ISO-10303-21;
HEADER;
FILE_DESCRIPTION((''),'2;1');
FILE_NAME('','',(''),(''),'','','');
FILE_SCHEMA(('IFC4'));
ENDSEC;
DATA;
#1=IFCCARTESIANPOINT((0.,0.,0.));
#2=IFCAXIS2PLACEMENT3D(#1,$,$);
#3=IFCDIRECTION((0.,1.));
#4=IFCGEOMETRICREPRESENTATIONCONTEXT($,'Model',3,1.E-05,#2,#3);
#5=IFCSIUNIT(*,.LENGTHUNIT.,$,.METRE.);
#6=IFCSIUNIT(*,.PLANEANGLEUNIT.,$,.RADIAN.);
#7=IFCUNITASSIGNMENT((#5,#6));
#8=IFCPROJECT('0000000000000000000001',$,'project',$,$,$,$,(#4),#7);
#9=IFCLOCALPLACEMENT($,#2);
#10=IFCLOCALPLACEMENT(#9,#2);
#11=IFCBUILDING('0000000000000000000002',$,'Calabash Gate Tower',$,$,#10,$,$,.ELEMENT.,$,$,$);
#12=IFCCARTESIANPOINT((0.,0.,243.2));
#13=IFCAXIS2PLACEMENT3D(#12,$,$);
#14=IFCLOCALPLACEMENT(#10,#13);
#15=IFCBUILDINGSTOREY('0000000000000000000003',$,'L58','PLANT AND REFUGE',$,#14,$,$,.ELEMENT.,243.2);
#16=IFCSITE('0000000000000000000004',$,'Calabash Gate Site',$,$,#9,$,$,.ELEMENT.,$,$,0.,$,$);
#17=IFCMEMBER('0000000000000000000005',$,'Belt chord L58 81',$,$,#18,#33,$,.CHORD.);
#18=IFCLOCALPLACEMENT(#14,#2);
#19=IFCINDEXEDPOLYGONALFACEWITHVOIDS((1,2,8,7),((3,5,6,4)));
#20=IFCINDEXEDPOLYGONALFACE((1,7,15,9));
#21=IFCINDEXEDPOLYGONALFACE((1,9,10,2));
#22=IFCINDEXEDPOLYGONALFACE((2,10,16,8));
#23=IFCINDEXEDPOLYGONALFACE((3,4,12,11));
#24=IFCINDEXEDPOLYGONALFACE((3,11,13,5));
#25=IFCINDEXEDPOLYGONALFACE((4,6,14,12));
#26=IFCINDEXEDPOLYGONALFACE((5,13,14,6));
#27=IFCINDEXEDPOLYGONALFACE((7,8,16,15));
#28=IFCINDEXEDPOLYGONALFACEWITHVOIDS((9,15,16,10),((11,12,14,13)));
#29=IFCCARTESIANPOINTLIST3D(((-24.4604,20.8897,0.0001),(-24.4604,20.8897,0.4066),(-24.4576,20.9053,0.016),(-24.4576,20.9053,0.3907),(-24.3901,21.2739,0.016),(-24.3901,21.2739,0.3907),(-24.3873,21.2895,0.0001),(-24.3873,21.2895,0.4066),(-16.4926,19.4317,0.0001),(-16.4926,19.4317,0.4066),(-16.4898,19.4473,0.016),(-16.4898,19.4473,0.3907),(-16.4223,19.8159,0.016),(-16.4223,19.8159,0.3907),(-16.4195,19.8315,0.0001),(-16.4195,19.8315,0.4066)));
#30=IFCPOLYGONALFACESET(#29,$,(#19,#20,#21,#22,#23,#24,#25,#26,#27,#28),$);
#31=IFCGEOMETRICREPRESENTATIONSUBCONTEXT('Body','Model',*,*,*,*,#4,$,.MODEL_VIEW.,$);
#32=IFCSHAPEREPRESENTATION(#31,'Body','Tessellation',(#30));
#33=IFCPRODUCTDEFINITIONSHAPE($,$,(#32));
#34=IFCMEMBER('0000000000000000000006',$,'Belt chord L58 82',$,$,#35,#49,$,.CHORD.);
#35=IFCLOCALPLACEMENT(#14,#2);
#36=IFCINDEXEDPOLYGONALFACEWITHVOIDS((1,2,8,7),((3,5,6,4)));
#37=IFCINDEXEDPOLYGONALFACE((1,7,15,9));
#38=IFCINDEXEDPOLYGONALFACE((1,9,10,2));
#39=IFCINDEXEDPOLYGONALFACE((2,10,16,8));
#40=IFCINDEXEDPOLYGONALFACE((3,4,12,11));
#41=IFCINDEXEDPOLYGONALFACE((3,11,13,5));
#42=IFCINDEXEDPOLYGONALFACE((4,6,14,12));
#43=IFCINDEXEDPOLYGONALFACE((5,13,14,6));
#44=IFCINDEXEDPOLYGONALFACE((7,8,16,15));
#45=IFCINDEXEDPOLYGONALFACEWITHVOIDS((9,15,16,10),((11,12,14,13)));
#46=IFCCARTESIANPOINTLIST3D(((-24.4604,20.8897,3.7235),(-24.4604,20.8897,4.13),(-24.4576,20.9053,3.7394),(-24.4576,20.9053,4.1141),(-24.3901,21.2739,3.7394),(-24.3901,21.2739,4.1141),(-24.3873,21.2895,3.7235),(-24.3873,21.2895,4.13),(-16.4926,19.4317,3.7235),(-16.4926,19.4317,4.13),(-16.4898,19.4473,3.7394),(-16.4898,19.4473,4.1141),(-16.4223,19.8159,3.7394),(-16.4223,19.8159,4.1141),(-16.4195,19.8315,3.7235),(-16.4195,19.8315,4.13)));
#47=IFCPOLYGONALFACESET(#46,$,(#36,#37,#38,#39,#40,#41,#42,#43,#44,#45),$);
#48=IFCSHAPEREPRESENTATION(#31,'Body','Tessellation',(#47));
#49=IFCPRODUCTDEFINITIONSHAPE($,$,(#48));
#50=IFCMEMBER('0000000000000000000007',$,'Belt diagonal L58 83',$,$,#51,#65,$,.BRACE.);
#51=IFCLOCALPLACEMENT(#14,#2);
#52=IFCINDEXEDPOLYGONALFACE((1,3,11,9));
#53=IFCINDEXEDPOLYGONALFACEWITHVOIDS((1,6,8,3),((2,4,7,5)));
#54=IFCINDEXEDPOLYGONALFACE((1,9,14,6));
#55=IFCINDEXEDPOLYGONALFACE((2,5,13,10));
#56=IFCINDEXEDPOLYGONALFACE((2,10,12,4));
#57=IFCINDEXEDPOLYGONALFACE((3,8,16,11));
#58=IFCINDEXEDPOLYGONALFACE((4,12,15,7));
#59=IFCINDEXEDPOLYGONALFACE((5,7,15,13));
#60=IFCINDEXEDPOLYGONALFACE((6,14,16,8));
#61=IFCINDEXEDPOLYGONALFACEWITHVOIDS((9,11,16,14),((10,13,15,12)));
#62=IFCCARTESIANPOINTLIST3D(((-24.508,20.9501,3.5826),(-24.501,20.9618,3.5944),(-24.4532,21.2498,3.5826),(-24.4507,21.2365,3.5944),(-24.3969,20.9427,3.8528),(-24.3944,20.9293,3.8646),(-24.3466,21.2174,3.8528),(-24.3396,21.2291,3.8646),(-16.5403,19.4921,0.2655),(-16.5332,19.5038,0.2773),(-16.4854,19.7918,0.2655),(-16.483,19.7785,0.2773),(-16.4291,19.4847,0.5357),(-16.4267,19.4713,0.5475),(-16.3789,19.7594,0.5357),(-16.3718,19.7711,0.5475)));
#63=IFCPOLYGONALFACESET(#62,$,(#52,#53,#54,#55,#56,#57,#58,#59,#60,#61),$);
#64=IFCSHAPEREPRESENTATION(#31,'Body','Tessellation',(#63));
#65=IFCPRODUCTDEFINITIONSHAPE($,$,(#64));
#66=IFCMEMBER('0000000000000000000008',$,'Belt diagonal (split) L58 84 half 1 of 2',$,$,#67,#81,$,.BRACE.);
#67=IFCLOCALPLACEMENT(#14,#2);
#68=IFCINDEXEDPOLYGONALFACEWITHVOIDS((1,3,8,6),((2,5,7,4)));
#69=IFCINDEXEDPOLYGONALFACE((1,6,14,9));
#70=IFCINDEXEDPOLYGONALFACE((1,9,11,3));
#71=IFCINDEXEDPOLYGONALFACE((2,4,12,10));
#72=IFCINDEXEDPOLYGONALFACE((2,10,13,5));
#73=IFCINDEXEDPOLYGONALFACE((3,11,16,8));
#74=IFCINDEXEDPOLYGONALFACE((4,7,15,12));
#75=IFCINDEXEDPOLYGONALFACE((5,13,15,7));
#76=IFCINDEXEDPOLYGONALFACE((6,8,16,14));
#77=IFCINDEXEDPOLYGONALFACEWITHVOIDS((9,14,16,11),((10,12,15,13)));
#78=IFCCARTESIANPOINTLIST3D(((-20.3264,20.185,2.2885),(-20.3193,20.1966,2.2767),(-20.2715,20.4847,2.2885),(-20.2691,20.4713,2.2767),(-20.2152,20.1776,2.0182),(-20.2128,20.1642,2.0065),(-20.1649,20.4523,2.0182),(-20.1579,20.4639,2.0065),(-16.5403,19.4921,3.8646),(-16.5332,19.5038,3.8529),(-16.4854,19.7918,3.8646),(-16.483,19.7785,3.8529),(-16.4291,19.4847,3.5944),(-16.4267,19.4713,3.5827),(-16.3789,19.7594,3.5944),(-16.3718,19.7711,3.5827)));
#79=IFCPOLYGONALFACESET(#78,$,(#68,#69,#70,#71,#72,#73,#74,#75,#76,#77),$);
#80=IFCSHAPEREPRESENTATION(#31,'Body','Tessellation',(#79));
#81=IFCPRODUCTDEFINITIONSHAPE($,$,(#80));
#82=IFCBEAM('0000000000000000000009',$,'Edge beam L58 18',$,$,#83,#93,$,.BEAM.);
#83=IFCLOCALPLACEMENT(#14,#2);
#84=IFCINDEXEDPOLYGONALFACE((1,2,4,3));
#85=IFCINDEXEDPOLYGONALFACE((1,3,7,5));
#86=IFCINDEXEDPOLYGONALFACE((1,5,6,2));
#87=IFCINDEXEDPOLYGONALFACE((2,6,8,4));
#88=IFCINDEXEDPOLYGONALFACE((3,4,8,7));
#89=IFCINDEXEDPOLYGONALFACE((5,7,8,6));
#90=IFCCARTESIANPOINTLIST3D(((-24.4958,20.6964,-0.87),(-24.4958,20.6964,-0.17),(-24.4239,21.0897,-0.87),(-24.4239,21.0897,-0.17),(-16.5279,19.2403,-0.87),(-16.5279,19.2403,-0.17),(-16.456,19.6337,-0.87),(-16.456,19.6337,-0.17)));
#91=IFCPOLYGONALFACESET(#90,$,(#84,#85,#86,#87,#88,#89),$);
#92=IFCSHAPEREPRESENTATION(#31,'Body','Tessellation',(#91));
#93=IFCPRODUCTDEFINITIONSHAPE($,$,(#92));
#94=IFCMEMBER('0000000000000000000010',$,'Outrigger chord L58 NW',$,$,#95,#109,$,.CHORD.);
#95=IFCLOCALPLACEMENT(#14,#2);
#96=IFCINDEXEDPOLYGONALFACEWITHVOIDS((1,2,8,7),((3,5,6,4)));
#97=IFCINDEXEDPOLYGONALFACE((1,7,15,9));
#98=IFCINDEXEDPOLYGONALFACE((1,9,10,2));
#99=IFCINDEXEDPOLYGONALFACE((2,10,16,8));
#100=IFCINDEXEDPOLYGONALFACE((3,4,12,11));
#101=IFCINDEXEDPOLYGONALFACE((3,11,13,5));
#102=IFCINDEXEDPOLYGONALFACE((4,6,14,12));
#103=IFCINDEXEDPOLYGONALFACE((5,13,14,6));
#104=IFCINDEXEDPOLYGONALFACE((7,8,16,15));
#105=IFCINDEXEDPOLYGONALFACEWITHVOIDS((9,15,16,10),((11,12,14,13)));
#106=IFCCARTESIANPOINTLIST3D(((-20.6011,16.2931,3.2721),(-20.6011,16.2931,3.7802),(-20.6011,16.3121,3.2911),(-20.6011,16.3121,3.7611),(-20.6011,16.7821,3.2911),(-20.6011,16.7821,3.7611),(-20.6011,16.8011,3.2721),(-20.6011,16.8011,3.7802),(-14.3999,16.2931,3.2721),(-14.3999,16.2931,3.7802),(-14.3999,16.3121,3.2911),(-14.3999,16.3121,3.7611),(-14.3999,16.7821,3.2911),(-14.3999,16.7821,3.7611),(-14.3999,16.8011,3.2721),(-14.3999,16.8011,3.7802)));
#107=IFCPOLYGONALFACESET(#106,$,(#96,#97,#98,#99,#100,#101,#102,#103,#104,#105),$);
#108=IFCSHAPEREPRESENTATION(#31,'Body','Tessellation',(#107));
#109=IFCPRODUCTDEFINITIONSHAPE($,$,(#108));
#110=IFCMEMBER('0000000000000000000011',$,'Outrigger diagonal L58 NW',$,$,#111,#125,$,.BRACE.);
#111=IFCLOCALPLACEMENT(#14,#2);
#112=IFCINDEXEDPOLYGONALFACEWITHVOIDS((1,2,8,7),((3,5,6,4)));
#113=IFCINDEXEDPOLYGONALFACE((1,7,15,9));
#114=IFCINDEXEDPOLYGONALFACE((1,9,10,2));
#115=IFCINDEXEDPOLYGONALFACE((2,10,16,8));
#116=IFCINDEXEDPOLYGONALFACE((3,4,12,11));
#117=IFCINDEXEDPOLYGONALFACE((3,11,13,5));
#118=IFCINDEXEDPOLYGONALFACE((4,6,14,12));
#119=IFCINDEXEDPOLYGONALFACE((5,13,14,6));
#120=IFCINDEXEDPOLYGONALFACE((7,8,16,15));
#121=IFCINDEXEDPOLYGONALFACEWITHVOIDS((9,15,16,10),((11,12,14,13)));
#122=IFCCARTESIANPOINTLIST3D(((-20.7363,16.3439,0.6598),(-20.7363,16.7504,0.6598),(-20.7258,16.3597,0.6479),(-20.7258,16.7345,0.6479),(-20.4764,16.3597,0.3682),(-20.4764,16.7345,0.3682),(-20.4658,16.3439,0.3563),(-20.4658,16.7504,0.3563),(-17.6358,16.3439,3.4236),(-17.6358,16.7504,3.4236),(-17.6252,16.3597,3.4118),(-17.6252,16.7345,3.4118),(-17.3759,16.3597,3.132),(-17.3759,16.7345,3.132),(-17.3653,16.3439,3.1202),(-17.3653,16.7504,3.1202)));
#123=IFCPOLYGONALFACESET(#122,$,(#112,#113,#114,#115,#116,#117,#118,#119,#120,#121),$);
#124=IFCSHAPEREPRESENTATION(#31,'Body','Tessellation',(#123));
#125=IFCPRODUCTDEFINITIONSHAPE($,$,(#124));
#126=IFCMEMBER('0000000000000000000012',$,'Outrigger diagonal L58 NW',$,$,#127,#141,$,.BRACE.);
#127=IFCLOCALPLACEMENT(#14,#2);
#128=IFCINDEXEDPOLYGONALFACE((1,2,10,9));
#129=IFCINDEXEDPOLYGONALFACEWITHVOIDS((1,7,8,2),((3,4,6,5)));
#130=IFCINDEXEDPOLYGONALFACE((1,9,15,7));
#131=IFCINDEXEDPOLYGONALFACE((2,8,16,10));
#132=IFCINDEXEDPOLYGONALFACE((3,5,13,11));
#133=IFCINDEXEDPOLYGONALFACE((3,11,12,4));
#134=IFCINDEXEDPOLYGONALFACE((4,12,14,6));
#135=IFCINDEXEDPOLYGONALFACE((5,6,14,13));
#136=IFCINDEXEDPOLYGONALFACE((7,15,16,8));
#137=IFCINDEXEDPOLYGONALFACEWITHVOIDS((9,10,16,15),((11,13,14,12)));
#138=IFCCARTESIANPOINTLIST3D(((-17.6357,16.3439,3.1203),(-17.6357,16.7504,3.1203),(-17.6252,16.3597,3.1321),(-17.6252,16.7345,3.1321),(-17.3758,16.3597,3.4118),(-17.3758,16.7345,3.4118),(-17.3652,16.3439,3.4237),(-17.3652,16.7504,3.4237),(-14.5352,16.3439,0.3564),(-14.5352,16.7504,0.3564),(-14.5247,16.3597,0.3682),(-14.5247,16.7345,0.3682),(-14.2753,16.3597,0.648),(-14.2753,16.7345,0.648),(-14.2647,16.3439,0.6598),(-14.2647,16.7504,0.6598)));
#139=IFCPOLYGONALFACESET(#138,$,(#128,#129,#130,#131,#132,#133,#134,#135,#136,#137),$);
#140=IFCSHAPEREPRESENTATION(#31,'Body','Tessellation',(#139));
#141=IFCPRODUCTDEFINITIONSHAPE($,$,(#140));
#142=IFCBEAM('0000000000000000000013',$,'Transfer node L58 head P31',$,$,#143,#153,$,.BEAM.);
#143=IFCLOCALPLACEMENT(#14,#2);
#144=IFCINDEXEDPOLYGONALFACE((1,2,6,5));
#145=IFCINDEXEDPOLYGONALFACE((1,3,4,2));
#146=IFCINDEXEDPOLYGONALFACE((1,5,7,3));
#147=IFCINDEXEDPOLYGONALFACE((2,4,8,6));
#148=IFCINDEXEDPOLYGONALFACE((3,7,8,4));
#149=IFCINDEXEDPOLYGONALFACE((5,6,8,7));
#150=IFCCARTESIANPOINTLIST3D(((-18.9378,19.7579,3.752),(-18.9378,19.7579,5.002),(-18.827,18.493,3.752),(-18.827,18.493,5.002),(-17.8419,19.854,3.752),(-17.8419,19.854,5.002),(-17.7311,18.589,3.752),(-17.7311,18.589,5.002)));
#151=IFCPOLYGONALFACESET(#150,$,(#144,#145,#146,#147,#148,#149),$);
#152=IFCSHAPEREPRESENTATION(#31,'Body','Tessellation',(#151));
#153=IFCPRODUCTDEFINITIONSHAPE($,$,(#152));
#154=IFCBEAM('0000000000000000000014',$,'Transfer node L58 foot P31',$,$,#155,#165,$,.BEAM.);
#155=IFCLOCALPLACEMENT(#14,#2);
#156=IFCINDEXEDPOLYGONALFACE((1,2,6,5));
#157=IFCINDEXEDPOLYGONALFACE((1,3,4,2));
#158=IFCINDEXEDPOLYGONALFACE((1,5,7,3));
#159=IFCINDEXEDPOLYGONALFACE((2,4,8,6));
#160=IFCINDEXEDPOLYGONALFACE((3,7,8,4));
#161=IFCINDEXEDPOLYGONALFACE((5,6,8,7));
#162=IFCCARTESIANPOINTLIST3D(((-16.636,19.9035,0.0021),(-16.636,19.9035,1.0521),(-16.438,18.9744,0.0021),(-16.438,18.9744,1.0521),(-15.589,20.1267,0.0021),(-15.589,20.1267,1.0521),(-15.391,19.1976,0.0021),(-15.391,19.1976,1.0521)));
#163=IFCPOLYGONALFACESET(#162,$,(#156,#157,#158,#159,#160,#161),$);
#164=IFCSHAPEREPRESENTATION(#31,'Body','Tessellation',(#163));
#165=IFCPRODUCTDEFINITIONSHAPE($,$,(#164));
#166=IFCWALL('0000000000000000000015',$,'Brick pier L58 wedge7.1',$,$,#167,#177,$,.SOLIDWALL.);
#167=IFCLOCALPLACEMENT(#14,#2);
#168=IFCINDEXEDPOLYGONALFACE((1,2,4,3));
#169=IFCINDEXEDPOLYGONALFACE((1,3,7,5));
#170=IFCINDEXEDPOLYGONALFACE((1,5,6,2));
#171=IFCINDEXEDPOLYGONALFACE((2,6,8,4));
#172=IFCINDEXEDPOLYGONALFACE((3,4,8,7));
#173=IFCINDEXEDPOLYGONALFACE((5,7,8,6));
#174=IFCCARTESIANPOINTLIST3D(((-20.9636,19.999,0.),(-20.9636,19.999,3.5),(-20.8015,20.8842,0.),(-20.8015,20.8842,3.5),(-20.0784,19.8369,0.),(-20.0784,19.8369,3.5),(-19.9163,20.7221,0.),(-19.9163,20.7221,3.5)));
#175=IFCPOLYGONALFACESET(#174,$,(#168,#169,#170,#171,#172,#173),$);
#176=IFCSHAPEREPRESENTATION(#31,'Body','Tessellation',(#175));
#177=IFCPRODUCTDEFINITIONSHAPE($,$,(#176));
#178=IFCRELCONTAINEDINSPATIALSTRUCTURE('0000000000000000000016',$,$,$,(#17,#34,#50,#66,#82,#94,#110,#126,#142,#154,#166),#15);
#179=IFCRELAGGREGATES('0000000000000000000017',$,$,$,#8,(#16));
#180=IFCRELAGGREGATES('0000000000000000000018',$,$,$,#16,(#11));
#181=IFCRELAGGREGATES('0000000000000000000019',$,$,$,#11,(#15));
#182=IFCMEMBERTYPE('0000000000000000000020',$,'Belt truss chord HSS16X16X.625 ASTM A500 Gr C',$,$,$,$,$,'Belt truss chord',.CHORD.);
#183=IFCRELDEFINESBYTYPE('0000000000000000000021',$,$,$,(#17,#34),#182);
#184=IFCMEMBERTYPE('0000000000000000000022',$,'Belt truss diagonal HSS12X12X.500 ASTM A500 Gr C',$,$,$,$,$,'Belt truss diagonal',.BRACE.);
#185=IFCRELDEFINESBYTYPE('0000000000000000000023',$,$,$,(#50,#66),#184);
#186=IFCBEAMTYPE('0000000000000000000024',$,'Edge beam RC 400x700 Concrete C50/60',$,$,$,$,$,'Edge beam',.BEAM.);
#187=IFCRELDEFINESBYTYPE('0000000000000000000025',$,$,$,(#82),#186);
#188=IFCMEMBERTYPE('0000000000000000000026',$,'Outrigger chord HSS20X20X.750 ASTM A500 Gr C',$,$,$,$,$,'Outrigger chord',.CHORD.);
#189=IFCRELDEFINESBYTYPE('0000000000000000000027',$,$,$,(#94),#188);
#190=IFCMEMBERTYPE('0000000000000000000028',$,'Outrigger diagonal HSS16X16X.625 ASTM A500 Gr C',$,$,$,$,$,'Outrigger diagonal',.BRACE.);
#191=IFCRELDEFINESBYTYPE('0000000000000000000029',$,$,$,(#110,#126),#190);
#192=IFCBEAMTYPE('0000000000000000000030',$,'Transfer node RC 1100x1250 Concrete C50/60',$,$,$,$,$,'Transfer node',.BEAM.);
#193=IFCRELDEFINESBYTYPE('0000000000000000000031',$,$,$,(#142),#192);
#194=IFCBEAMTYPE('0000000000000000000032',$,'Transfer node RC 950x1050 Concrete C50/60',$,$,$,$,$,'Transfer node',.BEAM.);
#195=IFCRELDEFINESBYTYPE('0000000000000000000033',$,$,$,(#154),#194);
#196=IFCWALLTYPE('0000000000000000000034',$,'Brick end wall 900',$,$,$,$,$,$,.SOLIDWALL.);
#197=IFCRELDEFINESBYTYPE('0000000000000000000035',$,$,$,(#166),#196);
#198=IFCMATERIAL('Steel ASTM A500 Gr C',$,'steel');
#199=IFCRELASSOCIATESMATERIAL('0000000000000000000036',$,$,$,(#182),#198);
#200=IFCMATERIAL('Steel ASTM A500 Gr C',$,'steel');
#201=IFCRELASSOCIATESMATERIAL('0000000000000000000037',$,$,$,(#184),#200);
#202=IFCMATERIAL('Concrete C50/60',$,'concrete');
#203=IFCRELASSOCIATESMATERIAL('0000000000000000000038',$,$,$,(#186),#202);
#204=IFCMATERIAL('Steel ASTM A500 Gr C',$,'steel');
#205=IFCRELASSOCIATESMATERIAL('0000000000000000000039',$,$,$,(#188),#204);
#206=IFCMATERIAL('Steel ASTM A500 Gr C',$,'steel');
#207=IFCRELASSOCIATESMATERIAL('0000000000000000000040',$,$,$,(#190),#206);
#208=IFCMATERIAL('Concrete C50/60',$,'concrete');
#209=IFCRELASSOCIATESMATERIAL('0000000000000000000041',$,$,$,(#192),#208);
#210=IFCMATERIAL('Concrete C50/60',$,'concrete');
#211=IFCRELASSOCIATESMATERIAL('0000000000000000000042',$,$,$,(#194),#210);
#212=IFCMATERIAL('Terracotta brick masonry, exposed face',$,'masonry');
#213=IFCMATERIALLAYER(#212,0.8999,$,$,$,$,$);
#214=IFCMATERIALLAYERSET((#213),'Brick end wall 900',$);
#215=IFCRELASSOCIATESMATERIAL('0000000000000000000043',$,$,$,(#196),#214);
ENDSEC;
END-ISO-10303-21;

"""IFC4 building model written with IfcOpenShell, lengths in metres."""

from ifc_helpers import new_model, si_unit, direction, frame, frame_2d, origin, origin_2d, place, context, subcontext, project, spatial, rectangle, hollow_rectangle, extrude, material, layer, layer_set, material_profile, profile_set, type_object, element, save


model = new_model("IFC4")

# Units and contexts
model_context = context("Model", 3, precision=1e-05, world=origin(), true_north=direction((0.0, 1.0)))
body_context = subcontext(model_context, "Body", "Model", "MODEL_VIEW")
ifc_project = project(units=[si_unit("LENGTHUNIT", "METRE"), si_unit("PLANEANGLEUNIT", "RADIAN")], contexts=[model_context])

# Site, building, storey
site_placement = place(None, origin())
site = spatial("IfcSite", under=ifc_project, at=site_placement, Name="Calabash Gate Site", CompositionType="ELEMENT", RefElevation=0.0)
building_placement = place(site_placement, origin())
building = spatial("IfcBuilding", under=site, at=building_placement, Name="Calabash Gate Tower", CompositionType="ELEMENT")
storey_placement = place(building_placement, frame((0.0, 0.0, 243.2)))
storey = spatial("IfcBuildingStorey", under=building, at=storey_placement, Name="L58", Description="PLANT AND REFUGE", CompositionType="ELEMENT", Elevation=243.2)

# Members
ifc_material_1 = material(Name="Steel ASTM A500 Gr C", Category="steel")
ifc_material_profile_1 = material_profile(ifc_material_1, hollow_rectangle(XDim=0.4065, YDim=0.4065, WallThickness=0.0159, at=origin_2d()))
ifc_profile_set_1 = profile_set([ifc_material_profile_1], Name="Steel ASTM A500 Gr C")
member_type_1 = type_object("IfcMemberType", Name="Belt truss chord HSS16X16X.625 ASTM A500 Gr C", ElementType="Belt truss chord", PredefinedType="CHORD", material=ifc_profile_set_1)
for number, where, z_axis, x_axis, name in (
    (1, (-16.4561, 19.6316, 0.2034), (-0.983667, 0.179999, 0.0), (-0.179999, -0.983667, 0.0), "Belt chord L58 81"),
    (2, (-16.4561, 19.6316, 3.9268), (-0.983667, 0.179999, 0.0), (-0.179999, -0.983667, 0.0), "Belt chord L58 82"),
):
    element("IfcMember", number, at=place(storey_placement, frame(where, z_axis=z_axis, x_axis=x_axis)), inside=storey, type_object=member_type_1, Name=name, PredefinedType="CHORD", context=body_context, shape_type="SweptSolid", body=[
        extrude(hollow_rectangle(XDim=0.4065, YDim=0.4065, WallThickness=0.0159, at=origin_2d()), origin(), (0.0, 0.0, 1.0), 8.1001),
    ])
ifc_material_2 = material(Name="Steel ASTM A500 Gr C", Category="steel")
ifc_material_profile_2 = material_profile(ifc_material_2, hollow_rectangle(XDim=0.3047, YDim=0.3047, WallThickness=0.0127, at=origin_2d()))
ifc_profile_set_2 = profile_set([ifc_material_profile_2], Name="Steel ASTM A500 Gr C")
member_type_2 = type_object("IfcMemberType", Name="Belt truss diagonal HSS12X12X.500 ASTM A500 Gr C", ElementType="Belt truss diagonal", PredefinedType="BRACE", material=ifc_profile_set_2)
member_1_placement = place(storey_placement, frame((-16.4561, 19.6316, 0.4065), z_axis=(-0.910293, 0.166573, 0.378973), x_axis=(-0.179999, -0.983667, 0.0)))
element("IfcMember", 3, at=member_1_placement, inside=storey, type_object=member_type_2, Name="Belt diagonal L58 83", PredefinedType="BRACE", context=body_context, shape_type="SweptSolid", body=[
    extrude(hollow_rectangle(XDim=0.3047, YDim=0.3047, WallThickness=0.0127, at=origin_2d()), origin(), (0.0, 0.0, 1.0), 8.7529),
])
member_2_placement = place(storey_placement, frame((-16.4561, 19.6316, 3.7236), z_axis=(-0.910297, 0.166586, -0.378958), x_axis=(-0.180013, -0.983664, 0.0)))
element("IfcMember", 4, at=member_2_placement, inside=storey, type_object=member_type_2, Name="Belt diagonal (split) L58 84 half 1 of 2", PredefinedType="BRACE", context=body_context, shape_type="SweptSolid", body=[
    extrude(hollow_rectangle(XDim=0.3047, YDim=0.3047, WallThickness=0.0127, at=origin_2d()), origin(), (0.0, 0.0, 1.0), 4.1592),
])

# Beam
ifc_material_3 = material(Name="Concrete C50/60", Category="concrete")
ifc_material_profile_3 = material_profile(ifc_material_3, rectangle(XDim=0.3999, YDim=0.7, at=origin_2d()))
ifc_profile_set_3 = profile_set([ifc_material_profile_3], Name="Concrete C50/60")
beam_type_1 = type_object("IfcBeamType", Name="Edge beam RC 400x700 Concrete C50/60", ElementType="Edge beam", PredefinedType="BEAM", material=ifc_profile_set_3)
beam_1_placement = place(storey_placement, frame((-16.4919, 19.437, -0.52), z_axis=(-0.98371, 0.179761, 0.0), x_axis=(-0.179761, -0.98371, 0.0)))
element("IfcBeam", 5, at=beam_1_placement, inside=storey, type_object=beam_type_1, Name="Edge beam L58 18", PredefinedType="BEAM", context=body_context, shape_type="SweptSolid", body=[
    extrude(rectangle(XDim=0.3999, YDim=0.7, at=origin_2d()), origin(), (0.0, 0.0, 1.0), 8.0999),
])

# Members
ifc_material_4 = material(Name="Steel ASTM A500 Gr C", Category="steel")
ifc_material_profile_4 = material_profile(ifc_material_4, hollow_rectangle(XDim=0.5081, YDim=0.5081, WallThickness=0.019, at=origin_2d()))
ifc_profile_set_4 = profile_set([ifc_material_profile_4], Name="Steel ASTM A500 Gr C")
member_type_3 = type_object("IfcMemberType", Name="Outrigger chord HSS20X20X.750 ASTM A500 Gr C", ElementType="Outrigger chord", PredefinedType="CHORD", material=ifc_profile_set_4)
member_3_placement = place(storey_placement, frame((-20.6011, 16.5471, 3.5261), z_axis=(1.0, 0.0, 0.0), x_axis=(0.0, 1.0, 0.0)))
element("IfcMember", 6, at=member_3_placement, inside=storey, type_object=member_type_3, Name="Outrigger chord L58 NW", PredefinedType="CHORD", context=body_context, shape_type="SweptSolid", body=[
    extrude(hollow_rectangle(XDim=0.5081, YDim=0.5081, WallThickness=0.019, at=origin_2d()), origin(), (0.0, 0.0, 1.0), 6.2012),
])
ifc_material_5 = material(Name="Steel ASTM A500 Gr C", Category="steel")
ifc_material_profile_5 = material_profile(ifc_material_5, hollow_rectangle(XDim=0.4065, YDim=0.4065, WallThickness=0.0159, at=origin_2d()))
ifc_profile_set_5 = profile_set([ifc_material_profile_5], Name="Steel ASTM A500 Gr C")
member_type_4 = type_object("IfcMemberType", Name="Outrigger diagonal HSS16X16X.625 ASTM A500 Gr C", ElementType="Outrigger diagonal", PredefinedType="BRACE", material=ifc_profile_set_5)
for number, where, z_axis, x_axis, name in (
    (7, (-20.6011, 16.5471, 0.5081), (0.746471, 0.0, 0.665418), (0.0, 1.0, 0.0), "Outrigger diagonal L58 NW"),
    (8, (-17.5005, 16.5471, 3.272), (0.746471, 0.0, -0.665418), (0.0, 1.0, 0.0), "Outrigger diagonal L58 NW"),
):
    element("IfcMember", number, at=place(storey_placement, frame(where, z_axis=z_axis, x_axis=x_axis)), inside=storey, type_object=member_type_4, Name=name, PredefinedType="BRACE", context=body_context, shape_type="SweptSolid", body=[
        extrude(hollow_rectangle(XDim=0.4065, YDim=0.4065, WallThickness=0.0159, at=origin_2d()), origin(), (0.0, 0.0, 1.0), 4.1536),
    ])

# Beams
ifc_material_6 = material(Name="Concrete C50/60", Category="concrete")
ifc_material_profile_6 = material_profile(ifc_material_6, rectangle(XDim=1.1001, YDim=1.25, at=origin_2d()))
ifc_profile_set_6 = profile_set([ifc_material_profile_6], Name="Concrete C50/60")
beam_type_2 = type_object("IfcBeamType", Name="Transfer node RC 1100x1250 Concrete C50/60", ElementType="Transfer node", PredefinedType="BEAM", material=ifc_profile_set_6)
beam_2_placement = place(storey_placement, frame((-18.2791, 18.541, 4.377), z_axis=(-0.087293, 0.996183, 0.0), x_axis=(-0.996183, -0.087293, 0.0)))
element("IfcBeam", 9, at=beam_2_placement, inside=storey, type_object=beam_type_2, Name="Transfer node L58 head P31", PredefinedType="BEAM", context=body_context, shape_type="SweptSolid", body=[
    extrude(rectangle(XDim=1.1001, YDim=1.25, at=origin_2d()), origin(), (0.0, 0.0, 1.0), 1.2698),
])
ifc_material_7 = material(Name="Concrete C50/60", Category="concrete")
ifc_material_profile_7 = material_profile(ifc_material_7, rectangle(XDim=0.95, YDim=1.05, at=origin_2d()))
ifc_profile_set_7 = profile_set([ifc_material_profile_7], Name="Concrete C50/60")
beam_type_3 = type_object("IfcBeamType", Name="Transfer node RC 950x1050 Concrete C50/60", ElementType="Transfer node", PredefinedType="BEAM", material=ifc_profile_set_7)
beam_3_placement = place(storey_placement, frame((-15.49, 19.6621, 0.5271), z_axis=(-0.978039, -0.208423, 0.0), x_axis=(0.208423, -0.978039, 0.0)))
element("IfcBeam", 10, at=beam_3_placement, inside=storey, type_object=beam_type_3, Name="Transfer node L58 foot P31", PredefinedType="BEAM", context=body_context, shape_type="SweptSolid", body=[
    extrude(rectangle(XDim=0.95, YDim=1.05, at=origin_2d()), origin(), (0.0, 0.0, 1.0), 1.0706),
])

# Wall
ifc_material_8 = material(Name="Terracotta brick masonry, exposed face", Category="masonry")
ifc_layer_1 = layer(ifc_material_8, 0.8999)
ifc_layer_set_1 = layer_set([ifc_layer_1], Name="Brick end wall 900")
wall_type_1 = type_object("IfcWallType", Name="Brick end wall 900", PredefinedType="SOLIDWALL", material=ifc_layer_set_1)
wall_1_placement = place(storey_placement, frame((-20.521, 19.918, 0.0), z_axis=(0.0, 0.0, 1.0), x_axis=(0.180127, 0.983643, 0.0)))
element("IfcWall", 11, at=wall_1_placement, inside=storey, type_object=wall_type_1, Name="Brick pier L58 wedge7.1", PredefinedType="SOLIDWALL", context=body_context, shape_type="SweptSolid", body=[
    extrude(rectangle(XDim=0.8999, YDim=0.8999, at=frame_2d((0.45, 0.0))), origin(), (0.0, 0.0, 1.0), 3.5),
])

save(model, "model.ifc")
